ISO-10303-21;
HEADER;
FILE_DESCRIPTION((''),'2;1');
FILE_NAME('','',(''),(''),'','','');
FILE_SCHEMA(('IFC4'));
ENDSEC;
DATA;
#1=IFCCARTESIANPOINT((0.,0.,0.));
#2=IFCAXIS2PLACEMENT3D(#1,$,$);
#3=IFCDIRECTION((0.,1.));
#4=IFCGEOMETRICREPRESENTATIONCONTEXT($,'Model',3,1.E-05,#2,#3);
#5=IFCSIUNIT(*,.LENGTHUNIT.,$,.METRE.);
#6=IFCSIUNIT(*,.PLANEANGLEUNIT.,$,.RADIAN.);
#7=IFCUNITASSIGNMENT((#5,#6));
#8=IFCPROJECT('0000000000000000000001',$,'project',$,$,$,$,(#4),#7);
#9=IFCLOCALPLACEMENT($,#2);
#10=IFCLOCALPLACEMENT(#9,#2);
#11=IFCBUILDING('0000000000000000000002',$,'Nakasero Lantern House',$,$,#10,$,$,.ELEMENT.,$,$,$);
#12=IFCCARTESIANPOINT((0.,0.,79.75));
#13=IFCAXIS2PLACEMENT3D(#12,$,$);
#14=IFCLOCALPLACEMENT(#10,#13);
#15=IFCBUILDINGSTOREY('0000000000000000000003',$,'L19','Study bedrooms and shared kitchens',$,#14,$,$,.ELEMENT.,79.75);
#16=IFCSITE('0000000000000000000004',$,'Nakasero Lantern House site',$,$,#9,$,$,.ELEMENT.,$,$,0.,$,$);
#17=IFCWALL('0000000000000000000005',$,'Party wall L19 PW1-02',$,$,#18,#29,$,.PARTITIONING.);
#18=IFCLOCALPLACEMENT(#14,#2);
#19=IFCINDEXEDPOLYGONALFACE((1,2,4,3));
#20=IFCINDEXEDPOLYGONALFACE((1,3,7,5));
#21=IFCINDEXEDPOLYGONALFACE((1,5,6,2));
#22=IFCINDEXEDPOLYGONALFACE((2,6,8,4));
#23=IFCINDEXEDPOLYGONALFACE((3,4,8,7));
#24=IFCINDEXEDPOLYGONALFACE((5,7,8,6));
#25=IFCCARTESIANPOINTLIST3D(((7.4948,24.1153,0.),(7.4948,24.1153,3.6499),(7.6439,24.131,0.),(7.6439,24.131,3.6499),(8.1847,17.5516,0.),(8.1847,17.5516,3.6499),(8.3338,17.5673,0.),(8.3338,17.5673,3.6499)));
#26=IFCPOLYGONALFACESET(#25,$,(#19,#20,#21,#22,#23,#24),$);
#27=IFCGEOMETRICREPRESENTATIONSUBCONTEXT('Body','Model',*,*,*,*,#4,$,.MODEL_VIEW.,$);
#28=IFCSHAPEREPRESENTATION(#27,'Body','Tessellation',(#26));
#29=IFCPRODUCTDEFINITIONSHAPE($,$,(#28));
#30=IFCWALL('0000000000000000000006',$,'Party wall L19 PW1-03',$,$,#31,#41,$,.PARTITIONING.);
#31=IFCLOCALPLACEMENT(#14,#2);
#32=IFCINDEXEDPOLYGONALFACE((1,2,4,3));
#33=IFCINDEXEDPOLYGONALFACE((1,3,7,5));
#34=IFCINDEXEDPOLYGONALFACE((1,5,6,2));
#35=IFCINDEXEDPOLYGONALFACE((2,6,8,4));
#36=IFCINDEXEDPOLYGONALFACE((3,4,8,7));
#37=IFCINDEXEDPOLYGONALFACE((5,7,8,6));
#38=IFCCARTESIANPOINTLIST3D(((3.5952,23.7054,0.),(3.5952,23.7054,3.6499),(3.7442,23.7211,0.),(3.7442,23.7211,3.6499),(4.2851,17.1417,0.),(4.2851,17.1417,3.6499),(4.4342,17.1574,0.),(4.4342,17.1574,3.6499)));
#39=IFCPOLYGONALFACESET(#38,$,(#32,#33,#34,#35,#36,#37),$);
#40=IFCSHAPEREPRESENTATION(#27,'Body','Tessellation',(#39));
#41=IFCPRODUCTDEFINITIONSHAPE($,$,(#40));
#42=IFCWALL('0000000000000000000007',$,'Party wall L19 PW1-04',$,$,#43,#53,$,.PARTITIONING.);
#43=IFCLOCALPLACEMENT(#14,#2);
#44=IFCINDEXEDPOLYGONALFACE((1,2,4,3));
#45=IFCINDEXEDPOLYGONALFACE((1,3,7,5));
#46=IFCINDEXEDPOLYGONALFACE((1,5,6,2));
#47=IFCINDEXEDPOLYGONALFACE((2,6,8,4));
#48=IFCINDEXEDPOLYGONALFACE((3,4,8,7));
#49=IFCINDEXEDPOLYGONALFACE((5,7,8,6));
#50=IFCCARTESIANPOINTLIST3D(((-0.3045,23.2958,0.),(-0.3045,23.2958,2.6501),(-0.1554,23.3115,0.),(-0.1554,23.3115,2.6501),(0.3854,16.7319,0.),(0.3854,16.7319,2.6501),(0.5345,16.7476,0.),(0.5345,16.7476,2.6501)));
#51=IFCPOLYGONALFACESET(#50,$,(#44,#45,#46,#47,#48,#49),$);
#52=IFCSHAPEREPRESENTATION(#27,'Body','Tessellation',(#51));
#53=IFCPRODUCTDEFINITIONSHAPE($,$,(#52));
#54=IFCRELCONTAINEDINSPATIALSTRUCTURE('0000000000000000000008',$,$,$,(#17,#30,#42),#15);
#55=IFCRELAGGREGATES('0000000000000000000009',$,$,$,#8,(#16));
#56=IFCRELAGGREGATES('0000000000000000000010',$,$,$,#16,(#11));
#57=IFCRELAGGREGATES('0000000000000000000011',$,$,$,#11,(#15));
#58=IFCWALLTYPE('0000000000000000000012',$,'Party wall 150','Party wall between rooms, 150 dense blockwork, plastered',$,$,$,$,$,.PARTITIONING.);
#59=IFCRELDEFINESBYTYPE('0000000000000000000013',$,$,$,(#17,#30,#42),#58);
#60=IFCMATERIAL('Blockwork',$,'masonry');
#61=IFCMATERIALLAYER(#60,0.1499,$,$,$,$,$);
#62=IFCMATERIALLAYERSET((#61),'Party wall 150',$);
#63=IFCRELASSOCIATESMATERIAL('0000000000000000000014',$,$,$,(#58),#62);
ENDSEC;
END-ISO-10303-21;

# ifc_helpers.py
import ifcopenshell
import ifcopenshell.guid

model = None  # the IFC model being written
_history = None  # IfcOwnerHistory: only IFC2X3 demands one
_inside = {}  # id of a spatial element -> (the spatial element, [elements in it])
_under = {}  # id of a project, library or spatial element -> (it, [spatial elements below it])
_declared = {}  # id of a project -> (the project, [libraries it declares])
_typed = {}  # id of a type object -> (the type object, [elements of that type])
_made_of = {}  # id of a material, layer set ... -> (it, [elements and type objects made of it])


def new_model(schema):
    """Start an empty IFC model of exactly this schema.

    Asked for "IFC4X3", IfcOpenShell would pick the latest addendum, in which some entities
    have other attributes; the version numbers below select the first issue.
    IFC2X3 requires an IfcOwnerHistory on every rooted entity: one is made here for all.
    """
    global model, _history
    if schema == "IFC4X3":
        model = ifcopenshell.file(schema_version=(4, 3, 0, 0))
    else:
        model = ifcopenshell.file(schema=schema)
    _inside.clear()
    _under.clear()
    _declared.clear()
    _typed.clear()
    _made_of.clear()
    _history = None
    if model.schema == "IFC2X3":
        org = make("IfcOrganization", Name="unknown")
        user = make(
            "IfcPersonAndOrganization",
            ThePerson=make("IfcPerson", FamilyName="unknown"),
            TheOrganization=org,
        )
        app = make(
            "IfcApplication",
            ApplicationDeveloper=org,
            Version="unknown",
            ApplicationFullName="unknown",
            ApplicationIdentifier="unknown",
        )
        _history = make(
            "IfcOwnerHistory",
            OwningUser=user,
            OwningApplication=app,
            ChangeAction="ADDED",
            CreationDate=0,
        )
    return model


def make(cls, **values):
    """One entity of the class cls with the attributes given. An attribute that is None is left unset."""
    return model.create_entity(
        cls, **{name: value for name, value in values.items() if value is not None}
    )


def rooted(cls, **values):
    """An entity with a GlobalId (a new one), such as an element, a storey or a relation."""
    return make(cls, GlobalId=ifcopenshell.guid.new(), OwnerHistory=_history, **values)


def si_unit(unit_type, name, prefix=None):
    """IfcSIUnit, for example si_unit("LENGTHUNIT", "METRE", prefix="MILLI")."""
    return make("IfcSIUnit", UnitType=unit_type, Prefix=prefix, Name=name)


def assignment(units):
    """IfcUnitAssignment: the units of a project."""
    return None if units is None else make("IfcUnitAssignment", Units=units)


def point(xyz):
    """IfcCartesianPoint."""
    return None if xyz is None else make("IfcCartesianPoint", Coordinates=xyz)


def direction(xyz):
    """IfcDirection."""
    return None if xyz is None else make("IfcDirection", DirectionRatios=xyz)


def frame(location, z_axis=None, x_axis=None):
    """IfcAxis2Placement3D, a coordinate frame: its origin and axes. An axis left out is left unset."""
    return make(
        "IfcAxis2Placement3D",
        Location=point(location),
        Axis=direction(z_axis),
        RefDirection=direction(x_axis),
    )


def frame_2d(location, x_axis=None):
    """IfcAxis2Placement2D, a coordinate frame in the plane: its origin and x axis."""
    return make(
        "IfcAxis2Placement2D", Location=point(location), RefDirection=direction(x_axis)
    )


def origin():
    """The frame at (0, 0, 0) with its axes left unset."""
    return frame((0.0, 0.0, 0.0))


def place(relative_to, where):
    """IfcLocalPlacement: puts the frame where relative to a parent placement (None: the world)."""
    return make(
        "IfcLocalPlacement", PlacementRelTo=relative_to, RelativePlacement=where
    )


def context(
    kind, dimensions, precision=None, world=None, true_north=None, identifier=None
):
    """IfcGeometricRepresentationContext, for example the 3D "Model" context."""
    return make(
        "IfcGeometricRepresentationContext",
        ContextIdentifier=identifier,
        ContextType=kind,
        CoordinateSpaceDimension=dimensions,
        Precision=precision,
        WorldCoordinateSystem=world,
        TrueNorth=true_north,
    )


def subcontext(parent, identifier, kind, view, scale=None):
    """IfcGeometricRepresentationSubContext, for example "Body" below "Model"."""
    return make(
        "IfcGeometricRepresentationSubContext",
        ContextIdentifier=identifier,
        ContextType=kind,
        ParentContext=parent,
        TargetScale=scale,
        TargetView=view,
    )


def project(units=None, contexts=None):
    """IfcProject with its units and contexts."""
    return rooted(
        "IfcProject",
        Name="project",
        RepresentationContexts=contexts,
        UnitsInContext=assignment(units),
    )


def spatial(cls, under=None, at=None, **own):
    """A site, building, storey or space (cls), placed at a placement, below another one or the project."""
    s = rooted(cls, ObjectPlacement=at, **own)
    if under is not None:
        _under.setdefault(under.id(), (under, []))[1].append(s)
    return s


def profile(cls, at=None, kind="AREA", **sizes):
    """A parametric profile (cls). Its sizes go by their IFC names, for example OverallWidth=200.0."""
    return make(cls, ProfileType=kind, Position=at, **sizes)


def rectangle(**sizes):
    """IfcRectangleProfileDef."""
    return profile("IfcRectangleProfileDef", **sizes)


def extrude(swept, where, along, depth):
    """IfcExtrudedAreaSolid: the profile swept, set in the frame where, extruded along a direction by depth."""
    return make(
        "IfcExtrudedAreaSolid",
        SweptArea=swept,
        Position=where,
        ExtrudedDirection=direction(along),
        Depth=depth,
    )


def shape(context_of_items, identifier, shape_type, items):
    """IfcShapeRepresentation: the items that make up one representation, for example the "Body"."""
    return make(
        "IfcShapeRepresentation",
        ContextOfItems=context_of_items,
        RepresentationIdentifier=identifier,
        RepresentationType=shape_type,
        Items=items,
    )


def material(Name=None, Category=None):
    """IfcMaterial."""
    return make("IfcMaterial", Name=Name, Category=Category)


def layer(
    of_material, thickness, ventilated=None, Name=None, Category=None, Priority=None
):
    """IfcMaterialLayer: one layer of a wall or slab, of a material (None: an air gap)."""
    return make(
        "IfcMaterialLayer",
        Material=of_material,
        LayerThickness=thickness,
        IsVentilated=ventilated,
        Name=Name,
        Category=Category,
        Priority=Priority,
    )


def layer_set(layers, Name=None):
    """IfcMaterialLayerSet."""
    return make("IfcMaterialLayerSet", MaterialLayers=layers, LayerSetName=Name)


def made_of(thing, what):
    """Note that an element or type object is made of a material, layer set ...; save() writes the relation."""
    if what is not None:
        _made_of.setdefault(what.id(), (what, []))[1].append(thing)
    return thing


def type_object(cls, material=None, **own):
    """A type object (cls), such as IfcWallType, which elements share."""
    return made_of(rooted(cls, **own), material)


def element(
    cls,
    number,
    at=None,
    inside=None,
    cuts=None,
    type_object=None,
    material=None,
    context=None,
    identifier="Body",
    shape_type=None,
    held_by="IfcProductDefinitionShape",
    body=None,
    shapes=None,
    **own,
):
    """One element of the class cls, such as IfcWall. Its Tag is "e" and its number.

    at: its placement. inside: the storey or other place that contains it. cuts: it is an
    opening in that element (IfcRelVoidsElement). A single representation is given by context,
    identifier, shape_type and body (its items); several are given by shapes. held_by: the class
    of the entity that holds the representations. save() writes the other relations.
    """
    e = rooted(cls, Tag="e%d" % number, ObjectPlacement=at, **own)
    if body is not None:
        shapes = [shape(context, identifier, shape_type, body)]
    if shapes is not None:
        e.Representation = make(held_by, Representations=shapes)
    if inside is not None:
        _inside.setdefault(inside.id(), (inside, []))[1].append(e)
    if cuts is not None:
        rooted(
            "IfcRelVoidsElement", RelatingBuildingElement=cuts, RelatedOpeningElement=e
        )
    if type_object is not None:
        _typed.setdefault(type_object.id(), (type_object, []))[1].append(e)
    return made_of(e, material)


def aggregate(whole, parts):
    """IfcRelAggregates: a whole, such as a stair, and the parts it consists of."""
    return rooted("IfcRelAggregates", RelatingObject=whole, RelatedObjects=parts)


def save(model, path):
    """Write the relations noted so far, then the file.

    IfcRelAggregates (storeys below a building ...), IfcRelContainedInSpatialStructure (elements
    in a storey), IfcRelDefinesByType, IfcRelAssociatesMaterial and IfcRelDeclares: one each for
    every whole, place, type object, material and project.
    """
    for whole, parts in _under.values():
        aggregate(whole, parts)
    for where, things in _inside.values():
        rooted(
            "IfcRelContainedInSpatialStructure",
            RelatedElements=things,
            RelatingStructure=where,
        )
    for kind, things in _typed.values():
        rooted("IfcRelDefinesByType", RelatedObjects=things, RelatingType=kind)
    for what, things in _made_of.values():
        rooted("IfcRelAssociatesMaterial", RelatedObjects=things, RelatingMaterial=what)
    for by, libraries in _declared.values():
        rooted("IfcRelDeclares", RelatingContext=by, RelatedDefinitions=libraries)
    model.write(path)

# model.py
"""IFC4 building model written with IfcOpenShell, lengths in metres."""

from ifc_helpers import new_model, si_unit, direction, frame, frame_2d, origin, place, context, subcontext, project, spatial, rectangle, extrude, material, layer, layer_set, type_object, element, save


model = new_model("IFC4")

# Units and contexts
model_context = context("Model", 3, precision=1e-05, world=origin(), true_north=direction((0.0, 1.0)))
body_context = subcontext(model_context, "Body", "Model", "MODEL_VIEW")
ifc_project = project(units=[si_unit("LENGTHUNIT", "METRE"), si_unit("PLANEANGLEUNIT", "RADIAN")], contexts=[model_context])

# Site, building, storey
site_placement = place(None, origin())
site = spatial("IfcSite", under=ifc_project, at=site_placement, Name="Nakasero Lantern House site", CompositionType="ELEMENT", RefElevation=0.0)
building_placement = place(site_placement, origin())
building = spatial("IfcBuilding", under=site, at=building_placement, Name="Nakasero Lantern House", CompositionType="ELEMENT")
storey_placement = place(building_placement, frame((0.0, 0.0, 79.75)))
storey = spatial("IfcBuildingStorey", under=building, at=storey_placement, Name="L19", Description="Study bedrooms and shared kitchens", CompositionType="ELEMENT", Elevation=79.75)

# Walls
ifc_material_1 = material(Name="Blockwork", Category="masonry")
ifc_layer_1 = layer(ifc_material_1, 0.1499)
ifc_layer_set_1 = layer_set([ifc_layer_1], Name="Party wall 150")
wall_type_1 = type_object("IfcWallType", Name="Party wall 150", Description="Party wall between rooms, 150 dense blockwork, plastered", PredefinedType="PARTITIONING", material=ifc_layer_set_1)
for number, where, z_axis, x_axis, name in (
    (1, (8.2593, 17.5596, 0.0), (0.0, 0.0, 1.0), (-0.104538, 0.994521, 0.0), "Party wall L19 PW1-02"),
    (2, (4.3596, 17.1497, 0.0), (0.0, 0.0, 1.0), (-0.104538, 0.994521, 0.0), "Party wall L19 PW1-03"),
):
    element("IfcWall", number, at=place(storey_placement, frame(where, z_axis=z_axis, x_axis=x_axis)), inside=storey, type_object=wall_type_1, Name=name, PredefinedType="PARTITIONING", context=body_context, shape_type="SweptSolid", body=[
        extrude(rectangle(XDim=6.5999, YDim=0.1499, at=frame_2d((3.2998, 0.0))), origin(), (0.0, 0.0, 1.0), 3.6499),
    ])
wall_1_placement = place(storey_placement, frame((0.46, 16.7397, 0.0), z_axis=(0.0, 0.0, 1.0), x_axis=(-0.104535, 0.994521, 0.0)))
element("IfcWall", 3, at=wall_1_placement, inside=storey, type_object=wall_type_1, Name="Party wall L19 PW1-04", PredefinedType="PARTITIONING", context=body_context, shape_type="SweptSolid", body=[
    extrude(rectangle(XDim=6.6001, YDim=0.1499, at=frame_2d((3.3, 0.0))), origin(), (0.0, 0.0, 1.0), 2.6501),
])

save(model, "model.ifc")
